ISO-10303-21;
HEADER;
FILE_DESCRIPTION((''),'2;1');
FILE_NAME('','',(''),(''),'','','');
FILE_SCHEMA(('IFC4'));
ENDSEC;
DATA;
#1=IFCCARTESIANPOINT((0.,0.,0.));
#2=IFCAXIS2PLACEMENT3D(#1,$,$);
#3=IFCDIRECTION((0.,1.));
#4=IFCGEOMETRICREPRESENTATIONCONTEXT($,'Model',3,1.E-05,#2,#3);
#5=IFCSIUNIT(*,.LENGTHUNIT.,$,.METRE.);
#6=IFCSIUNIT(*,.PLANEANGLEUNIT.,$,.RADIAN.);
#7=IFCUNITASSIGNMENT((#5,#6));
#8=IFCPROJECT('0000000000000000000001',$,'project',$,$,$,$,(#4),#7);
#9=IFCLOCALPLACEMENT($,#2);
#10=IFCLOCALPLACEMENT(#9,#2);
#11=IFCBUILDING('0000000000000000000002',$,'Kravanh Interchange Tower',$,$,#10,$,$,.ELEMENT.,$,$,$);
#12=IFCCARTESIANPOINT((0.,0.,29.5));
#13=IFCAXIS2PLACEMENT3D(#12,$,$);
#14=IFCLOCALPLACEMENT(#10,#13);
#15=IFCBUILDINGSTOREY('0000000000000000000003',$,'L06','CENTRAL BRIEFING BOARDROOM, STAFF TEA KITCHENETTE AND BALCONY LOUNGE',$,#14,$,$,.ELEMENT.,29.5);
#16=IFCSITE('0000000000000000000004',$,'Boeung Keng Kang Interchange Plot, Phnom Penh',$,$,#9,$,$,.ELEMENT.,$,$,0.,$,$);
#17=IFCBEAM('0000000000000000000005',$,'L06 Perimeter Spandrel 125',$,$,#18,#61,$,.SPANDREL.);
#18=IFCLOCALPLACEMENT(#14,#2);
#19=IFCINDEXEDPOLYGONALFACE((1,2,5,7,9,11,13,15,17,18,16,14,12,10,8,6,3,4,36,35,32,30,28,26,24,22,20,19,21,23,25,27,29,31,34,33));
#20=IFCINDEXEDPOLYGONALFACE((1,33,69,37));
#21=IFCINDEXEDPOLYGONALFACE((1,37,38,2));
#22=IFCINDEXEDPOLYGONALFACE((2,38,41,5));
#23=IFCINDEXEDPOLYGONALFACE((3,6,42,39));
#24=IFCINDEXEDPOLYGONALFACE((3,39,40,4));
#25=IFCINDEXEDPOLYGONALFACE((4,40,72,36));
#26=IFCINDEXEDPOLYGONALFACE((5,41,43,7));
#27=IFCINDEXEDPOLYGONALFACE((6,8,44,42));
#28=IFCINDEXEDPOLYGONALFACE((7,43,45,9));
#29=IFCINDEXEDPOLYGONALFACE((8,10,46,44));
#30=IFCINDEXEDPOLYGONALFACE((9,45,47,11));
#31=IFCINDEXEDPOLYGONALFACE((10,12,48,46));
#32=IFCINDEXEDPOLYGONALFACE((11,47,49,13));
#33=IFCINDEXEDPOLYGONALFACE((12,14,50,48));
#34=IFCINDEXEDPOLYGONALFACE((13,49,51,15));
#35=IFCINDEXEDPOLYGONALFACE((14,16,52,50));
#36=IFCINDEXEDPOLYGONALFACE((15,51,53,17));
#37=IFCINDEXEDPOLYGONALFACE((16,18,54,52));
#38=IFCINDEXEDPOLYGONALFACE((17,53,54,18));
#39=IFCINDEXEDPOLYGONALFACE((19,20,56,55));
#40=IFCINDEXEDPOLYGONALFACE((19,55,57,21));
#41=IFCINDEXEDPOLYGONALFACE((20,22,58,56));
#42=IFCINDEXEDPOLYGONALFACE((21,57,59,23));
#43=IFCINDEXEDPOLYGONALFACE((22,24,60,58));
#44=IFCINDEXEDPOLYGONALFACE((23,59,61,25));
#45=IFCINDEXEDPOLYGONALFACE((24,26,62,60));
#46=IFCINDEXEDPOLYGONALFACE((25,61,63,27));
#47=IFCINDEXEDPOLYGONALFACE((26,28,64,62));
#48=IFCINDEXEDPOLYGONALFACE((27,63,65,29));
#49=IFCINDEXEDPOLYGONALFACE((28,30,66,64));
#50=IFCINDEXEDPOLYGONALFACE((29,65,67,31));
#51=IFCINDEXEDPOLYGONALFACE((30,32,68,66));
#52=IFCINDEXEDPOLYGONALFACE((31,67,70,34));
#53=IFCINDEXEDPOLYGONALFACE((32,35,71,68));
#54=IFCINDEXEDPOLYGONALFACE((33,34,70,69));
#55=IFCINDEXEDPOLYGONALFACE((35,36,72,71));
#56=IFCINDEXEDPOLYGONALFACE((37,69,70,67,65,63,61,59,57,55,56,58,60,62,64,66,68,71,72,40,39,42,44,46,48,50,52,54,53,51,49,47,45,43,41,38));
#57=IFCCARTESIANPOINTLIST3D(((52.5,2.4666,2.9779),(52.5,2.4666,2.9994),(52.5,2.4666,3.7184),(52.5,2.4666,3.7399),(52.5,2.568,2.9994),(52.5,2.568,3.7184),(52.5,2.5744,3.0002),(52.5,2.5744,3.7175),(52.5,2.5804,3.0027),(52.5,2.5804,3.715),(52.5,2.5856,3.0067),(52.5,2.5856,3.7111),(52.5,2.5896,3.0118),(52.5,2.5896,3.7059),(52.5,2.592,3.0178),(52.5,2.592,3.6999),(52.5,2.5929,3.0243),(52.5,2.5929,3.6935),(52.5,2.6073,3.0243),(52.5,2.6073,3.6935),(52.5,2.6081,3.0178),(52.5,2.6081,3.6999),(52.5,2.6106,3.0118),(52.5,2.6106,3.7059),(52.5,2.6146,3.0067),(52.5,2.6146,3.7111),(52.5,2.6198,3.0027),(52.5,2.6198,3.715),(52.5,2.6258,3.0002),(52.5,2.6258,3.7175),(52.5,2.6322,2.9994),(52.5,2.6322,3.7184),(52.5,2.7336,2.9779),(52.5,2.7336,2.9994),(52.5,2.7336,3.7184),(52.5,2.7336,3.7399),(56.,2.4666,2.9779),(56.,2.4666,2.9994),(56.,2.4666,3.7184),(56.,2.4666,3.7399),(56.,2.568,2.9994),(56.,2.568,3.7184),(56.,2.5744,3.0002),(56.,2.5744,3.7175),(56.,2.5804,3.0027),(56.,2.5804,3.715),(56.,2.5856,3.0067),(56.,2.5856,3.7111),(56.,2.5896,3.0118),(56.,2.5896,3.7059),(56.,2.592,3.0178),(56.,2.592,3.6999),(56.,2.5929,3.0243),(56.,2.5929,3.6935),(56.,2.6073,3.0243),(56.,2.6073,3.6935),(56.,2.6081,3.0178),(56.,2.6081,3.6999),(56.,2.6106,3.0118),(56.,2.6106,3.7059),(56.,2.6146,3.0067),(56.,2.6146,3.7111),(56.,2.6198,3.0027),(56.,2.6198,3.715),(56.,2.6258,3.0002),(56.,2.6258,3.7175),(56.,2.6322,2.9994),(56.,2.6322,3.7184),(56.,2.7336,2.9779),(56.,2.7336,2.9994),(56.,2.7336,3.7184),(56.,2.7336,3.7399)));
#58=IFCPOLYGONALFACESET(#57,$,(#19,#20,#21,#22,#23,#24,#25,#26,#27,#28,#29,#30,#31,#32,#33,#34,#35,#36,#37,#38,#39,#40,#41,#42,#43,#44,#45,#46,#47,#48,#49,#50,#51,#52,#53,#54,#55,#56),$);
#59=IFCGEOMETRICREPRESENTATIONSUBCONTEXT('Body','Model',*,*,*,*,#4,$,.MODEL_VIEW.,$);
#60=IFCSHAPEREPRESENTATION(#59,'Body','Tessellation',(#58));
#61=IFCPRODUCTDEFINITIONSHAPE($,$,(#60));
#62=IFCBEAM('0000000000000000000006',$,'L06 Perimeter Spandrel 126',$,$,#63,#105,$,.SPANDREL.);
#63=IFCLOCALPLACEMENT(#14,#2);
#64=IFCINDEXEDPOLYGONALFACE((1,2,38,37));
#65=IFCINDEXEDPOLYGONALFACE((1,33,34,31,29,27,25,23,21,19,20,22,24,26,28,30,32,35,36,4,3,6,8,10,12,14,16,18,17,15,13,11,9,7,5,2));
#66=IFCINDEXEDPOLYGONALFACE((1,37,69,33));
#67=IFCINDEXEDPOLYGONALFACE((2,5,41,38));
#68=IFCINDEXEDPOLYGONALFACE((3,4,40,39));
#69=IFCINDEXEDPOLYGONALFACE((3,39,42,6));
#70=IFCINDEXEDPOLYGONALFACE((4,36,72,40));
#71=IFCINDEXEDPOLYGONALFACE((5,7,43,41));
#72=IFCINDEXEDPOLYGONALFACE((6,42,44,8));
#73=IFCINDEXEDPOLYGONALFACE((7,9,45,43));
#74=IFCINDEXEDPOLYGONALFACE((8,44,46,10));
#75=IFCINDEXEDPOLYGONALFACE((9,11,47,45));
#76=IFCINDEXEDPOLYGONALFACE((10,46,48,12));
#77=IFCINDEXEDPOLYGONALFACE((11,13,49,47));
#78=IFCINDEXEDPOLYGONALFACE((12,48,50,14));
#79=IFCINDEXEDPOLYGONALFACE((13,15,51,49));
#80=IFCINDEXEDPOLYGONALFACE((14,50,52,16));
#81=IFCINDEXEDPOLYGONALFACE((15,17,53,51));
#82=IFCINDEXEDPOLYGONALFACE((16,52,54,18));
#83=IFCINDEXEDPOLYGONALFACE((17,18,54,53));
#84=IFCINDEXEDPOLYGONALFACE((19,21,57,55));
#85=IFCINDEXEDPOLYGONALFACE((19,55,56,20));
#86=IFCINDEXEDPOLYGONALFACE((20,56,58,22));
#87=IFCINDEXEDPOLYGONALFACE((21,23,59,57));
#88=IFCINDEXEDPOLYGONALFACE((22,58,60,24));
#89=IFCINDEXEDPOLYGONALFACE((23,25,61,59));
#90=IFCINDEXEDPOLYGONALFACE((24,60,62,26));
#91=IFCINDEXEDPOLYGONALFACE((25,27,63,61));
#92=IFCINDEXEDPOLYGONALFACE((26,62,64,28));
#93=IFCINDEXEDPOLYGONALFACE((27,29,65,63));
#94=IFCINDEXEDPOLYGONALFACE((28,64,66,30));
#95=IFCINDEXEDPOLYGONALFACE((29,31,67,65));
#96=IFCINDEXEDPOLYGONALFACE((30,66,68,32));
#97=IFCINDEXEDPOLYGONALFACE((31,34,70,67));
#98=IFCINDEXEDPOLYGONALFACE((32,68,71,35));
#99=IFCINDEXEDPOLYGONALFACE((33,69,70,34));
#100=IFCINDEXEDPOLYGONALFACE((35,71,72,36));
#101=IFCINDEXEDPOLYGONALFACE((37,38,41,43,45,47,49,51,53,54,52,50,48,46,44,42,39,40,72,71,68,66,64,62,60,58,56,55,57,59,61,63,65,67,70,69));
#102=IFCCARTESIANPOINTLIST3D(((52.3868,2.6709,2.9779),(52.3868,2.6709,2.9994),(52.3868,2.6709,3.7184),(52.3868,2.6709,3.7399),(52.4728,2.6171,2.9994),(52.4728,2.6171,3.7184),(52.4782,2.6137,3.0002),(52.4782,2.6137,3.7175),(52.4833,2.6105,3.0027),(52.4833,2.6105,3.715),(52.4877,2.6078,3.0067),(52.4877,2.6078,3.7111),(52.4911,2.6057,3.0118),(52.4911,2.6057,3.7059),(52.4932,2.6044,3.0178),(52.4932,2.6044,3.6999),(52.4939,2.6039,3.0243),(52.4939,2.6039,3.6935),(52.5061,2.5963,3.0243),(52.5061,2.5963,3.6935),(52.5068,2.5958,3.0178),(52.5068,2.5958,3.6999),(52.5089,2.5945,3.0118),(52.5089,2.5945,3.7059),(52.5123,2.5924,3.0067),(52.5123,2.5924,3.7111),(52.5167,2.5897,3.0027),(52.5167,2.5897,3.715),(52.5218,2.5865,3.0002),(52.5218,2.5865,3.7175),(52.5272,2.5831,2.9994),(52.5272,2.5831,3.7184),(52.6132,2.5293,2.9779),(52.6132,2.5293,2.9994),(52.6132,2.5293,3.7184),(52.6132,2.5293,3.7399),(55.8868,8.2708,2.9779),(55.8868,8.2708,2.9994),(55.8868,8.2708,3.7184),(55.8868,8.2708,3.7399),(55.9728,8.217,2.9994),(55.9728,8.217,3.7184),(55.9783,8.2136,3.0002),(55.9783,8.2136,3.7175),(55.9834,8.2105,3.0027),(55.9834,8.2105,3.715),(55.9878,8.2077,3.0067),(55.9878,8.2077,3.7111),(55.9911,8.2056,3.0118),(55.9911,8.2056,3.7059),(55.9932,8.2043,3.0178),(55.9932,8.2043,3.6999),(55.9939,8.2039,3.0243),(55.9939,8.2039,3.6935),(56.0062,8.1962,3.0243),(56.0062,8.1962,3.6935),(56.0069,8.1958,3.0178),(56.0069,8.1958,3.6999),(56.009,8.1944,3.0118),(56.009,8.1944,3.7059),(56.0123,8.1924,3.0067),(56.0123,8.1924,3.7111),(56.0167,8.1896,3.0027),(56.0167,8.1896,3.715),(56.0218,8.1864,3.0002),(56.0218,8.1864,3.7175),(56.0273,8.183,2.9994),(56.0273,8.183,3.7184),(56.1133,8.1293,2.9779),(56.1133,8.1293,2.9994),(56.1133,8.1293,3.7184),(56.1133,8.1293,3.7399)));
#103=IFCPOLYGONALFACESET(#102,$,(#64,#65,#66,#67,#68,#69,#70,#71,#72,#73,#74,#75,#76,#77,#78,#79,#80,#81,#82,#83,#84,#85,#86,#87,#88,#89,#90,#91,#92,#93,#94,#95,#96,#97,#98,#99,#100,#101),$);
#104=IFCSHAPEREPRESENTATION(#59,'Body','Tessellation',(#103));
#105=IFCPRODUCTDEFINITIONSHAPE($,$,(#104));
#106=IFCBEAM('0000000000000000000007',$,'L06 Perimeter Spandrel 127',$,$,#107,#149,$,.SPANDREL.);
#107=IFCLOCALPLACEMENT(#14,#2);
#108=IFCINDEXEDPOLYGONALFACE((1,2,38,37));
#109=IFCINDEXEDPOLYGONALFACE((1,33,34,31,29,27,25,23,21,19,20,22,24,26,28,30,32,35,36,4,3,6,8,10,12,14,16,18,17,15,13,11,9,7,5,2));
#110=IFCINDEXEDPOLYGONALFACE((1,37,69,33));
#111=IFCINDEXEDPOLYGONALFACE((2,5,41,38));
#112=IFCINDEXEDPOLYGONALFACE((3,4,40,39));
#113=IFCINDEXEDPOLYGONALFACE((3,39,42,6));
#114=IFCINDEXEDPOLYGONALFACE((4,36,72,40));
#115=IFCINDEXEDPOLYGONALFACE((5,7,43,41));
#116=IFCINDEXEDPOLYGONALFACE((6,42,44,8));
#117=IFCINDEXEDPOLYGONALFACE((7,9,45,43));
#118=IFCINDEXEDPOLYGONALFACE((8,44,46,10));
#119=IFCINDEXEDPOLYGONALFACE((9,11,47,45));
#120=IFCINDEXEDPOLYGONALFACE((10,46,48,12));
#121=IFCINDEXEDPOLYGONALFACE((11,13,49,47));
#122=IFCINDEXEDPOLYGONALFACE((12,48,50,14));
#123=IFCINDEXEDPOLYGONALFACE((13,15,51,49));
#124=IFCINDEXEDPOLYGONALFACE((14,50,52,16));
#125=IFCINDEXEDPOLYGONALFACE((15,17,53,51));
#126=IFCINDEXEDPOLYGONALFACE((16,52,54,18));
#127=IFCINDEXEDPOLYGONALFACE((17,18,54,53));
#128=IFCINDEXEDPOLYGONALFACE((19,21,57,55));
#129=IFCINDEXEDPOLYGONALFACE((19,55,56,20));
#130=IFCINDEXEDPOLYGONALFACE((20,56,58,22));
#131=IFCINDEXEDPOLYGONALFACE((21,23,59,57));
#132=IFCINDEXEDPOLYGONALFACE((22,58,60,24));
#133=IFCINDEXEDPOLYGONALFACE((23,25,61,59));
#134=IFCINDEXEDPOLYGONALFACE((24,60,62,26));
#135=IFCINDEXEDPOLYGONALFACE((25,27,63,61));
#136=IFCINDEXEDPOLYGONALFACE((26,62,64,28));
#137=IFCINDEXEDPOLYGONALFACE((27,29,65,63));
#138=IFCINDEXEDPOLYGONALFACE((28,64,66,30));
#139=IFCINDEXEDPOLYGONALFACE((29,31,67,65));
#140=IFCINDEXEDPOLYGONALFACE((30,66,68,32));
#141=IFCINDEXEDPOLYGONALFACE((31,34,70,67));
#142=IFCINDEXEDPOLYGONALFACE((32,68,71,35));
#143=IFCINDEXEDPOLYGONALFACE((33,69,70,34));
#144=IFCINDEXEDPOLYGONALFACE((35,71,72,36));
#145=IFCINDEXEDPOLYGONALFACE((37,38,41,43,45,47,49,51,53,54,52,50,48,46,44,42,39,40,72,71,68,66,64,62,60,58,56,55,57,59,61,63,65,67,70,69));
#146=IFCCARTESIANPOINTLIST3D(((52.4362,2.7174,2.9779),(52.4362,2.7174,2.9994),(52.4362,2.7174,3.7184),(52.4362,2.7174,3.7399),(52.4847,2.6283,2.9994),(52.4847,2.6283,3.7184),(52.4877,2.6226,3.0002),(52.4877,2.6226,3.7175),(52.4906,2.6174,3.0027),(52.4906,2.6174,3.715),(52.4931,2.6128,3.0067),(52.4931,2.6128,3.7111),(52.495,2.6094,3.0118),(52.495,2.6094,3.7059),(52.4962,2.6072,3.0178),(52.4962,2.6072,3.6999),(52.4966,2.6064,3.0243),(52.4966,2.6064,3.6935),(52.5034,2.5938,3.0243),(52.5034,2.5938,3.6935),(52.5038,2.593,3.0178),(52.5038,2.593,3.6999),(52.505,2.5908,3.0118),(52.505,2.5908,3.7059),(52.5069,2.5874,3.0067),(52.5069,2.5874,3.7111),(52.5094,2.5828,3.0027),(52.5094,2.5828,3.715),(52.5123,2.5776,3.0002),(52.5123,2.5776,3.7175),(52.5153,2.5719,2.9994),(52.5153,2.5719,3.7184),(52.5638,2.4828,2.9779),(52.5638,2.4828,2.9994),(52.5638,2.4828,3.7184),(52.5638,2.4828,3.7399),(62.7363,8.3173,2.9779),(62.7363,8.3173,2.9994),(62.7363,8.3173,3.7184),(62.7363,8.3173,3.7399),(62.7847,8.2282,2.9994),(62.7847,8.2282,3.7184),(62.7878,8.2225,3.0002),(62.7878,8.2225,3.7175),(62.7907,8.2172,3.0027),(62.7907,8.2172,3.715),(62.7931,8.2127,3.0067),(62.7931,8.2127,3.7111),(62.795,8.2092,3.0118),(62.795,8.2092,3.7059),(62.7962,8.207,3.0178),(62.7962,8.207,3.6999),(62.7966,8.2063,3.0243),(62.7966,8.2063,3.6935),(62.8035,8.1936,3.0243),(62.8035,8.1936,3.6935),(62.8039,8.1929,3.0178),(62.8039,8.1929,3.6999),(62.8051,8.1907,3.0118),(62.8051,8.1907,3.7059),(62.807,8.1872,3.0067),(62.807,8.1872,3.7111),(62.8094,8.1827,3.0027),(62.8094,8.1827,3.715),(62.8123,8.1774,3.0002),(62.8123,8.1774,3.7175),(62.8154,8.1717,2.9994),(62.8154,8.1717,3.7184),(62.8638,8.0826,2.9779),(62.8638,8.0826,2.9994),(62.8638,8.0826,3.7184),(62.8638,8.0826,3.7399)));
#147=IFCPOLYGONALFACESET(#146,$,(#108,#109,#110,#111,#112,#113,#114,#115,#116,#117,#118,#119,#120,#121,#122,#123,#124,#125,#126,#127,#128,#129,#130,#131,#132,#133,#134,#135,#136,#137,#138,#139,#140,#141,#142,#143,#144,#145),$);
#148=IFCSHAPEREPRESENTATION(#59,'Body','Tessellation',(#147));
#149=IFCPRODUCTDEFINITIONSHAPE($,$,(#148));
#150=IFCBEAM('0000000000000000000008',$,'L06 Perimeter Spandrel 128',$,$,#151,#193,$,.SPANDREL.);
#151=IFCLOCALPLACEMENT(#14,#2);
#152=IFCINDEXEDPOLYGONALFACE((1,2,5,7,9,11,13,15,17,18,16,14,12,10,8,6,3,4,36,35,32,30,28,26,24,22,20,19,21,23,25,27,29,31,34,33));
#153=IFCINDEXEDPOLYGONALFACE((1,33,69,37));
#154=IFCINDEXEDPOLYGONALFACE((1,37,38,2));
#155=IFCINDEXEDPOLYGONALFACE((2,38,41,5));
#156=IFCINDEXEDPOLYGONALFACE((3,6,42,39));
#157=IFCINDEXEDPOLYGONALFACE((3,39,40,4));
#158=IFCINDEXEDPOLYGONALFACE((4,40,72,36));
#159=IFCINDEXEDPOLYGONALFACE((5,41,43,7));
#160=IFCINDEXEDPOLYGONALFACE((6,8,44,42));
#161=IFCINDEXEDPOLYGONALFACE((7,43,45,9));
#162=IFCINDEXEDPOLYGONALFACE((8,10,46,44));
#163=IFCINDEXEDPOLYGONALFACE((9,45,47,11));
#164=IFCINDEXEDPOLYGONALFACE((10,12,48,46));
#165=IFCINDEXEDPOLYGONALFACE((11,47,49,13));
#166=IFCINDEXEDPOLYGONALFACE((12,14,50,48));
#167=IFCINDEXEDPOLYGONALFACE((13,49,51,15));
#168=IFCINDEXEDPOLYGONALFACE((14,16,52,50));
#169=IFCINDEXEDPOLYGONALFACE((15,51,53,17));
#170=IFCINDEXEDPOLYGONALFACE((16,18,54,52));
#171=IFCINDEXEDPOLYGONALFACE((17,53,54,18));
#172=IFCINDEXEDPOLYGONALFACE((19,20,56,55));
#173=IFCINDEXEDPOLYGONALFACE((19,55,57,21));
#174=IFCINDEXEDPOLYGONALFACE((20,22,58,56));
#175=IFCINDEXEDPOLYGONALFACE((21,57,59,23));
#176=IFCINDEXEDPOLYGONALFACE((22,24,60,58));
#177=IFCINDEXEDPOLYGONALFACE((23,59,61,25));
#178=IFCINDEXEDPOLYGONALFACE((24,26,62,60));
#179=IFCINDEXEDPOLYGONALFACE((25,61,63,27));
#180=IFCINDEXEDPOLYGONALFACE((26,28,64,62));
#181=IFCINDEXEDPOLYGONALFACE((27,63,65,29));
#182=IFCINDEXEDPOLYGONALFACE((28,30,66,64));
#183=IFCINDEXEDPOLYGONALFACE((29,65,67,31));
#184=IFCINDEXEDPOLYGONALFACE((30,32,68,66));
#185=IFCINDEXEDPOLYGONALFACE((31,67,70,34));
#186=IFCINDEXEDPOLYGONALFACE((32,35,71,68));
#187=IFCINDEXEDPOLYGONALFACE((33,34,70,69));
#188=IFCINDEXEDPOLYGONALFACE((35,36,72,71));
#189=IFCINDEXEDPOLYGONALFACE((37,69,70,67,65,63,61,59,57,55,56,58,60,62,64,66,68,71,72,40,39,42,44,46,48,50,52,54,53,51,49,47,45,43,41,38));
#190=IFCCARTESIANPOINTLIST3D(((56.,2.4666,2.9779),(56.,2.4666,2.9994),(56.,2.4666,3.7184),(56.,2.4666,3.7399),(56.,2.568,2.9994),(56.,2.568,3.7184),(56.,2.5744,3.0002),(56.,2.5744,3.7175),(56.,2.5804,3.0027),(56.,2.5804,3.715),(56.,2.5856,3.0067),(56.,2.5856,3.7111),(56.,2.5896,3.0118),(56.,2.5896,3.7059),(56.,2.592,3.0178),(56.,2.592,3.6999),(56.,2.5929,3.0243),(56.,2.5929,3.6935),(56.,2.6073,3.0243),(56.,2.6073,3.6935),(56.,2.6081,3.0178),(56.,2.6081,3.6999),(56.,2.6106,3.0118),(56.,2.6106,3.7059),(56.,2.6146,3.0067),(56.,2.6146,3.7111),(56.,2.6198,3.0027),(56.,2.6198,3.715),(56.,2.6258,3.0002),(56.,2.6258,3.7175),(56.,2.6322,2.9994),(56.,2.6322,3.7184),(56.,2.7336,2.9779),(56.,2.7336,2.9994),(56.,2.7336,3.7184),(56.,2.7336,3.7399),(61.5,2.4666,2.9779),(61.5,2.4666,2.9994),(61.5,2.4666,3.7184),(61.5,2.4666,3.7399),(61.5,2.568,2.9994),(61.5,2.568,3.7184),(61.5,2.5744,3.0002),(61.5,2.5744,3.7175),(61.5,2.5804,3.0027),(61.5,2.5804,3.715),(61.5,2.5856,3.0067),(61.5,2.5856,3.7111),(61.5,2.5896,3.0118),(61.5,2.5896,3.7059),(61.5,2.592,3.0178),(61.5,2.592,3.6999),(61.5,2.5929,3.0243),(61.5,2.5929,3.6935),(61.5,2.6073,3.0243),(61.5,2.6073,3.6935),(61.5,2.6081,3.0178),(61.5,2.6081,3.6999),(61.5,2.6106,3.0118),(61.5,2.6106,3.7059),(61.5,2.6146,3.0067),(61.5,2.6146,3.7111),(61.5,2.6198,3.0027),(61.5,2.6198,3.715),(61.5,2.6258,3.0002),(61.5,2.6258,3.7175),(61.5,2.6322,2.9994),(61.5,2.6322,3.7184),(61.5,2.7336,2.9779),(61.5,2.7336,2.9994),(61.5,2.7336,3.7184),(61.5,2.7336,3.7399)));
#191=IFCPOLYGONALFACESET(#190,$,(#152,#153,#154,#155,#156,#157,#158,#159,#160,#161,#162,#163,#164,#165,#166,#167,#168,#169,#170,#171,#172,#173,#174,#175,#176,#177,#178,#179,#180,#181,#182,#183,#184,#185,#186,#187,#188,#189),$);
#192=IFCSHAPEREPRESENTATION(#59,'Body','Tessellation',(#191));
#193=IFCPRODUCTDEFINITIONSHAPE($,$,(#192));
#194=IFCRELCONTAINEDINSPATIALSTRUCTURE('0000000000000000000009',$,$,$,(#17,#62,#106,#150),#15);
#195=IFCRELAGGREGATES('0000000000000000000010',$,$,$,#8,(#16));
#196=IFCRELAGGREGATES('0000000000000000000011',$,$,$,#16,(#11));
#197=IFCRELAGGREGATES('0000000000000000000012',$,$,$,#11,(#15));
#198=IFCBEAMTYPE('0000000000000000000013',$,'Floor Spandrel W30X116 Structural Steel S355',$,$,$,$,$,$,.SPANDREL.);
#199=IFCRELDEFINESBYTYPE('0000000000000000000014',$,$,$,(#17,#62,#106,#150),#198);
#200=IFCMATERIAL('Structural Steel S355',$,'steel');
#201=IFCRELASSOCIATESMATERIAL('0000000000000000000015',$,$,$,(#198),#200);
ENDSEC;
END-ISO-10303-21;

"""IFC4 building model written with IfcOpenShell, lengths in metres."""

from ifc_helpers import new_model, si_unit, direction, frame, origin, origin_2d, place, context, subcontext, project, spatial, i_section, extrude, material, material_profile, profile_set, type_object, element, save


model = new_model("IFC4")

# Units and contexts
model_context = context("Model", 3, precision=1e-05, world=origin(), true_north=direction((0.0, 1.0)))
body_context = subcontext(model_context, "Body", "Model", "MODEL_VIEW")
ifc_project = project(units=[si_unit("LENGTHUNIT", "METRE"), si_unit("PLANEANGLEUNIT", "RADIAN")], contexts=[model_context])

# Site, building, storey
site_placement = place(None, origin())
site = spatial("IfcSite", under=ifc_project, at=site_placement, Name="Boeung Keng Kang Interchange Plot, Phnom Penh", CompositionType="ELEMENT", RefElevation=0.0)
building_placement = place(site_placement, origin())
building = spatial("IfcBuilding", under=site, at=building_placement, Name="Kravanh Interchange Tower", CompositionType="ELEMENT")
storey_placement = place(building_placement, frame((0.0, 0.0, 29.5)))
storey = spatial("IfcBuildingStorey", under=building, at=storey_placement, Name="L06", Description="CENTRAL BRIEFING BOARDROOM, STAFF TEA KITCHENETTE AND BALCONY LOUNGE", CompositionType="ELEMENT", Elevation=29.5)

# Beams
ifc_material_1 = material(Name="Structural Steel S355", Category="steel")
ifc_material_profile_1 = material_profile(ifc_material_1, i_section(OverallWidth=0.2671, OverallDepth=0.762, WebThickness=0.0144, FlangeThickness=0.0215, FilletRadius=0.0249, at=origin_2d()), Name="W30X116")
ifc_profile_set_1 = profile_set([ifc_material_profile_1], Name="Structural Steel S355")
beam_type_1 = type_object("IfcBeamType", Name="Floor Spandrel W30X116 Structural Steel S355", PredefinedType="SPANDREL", material=ifc_profile_set_1)
beam_1_placement = place(storey_placement, frame((52.5, 2.6001, 3.3589), z_axis=(1.0, 0.0, 0.0), x_axis=(0.0, 1.0, 0.0)))
element("IfcBeam", 1, at=beam_1_placement, inside=storey, type_object=beam_type_1, Name="L06 Perimeter Spandrel 125", PredefinedType="SPANDREL", context=body_context, shape_type="SweptSolid", body=[
    extrude(i_section(OverallWidth=0.2671, OverallDepth=0.762, WebThickness=0.0144, FlangeThickness=0.0215, FilletRadius=0.0249, at=origin_2d()), origin(), (0.0, 0.0, 1.0), 3.5),
])
beam_2_placement = place(storey_placement, frame((52.5, 2.6001, 3.3589), z_axis=(0.530009, 0.847992, 0.0), x_axis=(-0.847992, 0.530009, 0.0)))
element("IfcBeam", 2, at=beam_2_placement, inside=storey, type_object=beam_type_1, Name="L06 Perimeter Spandrel 126", PredefinedType="SPANDREL", context=body_context, shape_type="SweptSolid", body=[
    extrude(i_section(OverallWidth=0.2671, OverallDepth=0.762, WebThickness=0.0144, FlangeThickness=0.0215, FilletRadius=0.0249, at=origin_2d()), origin(), (0.0, 0.0, 1.0), 6.6038),
])
beam_3_placement = place(storey_placement, frame((52.5, 2.6001, 3.3589), z_axis=(0.878553, 0.477645, 0.0), x_axis=(-0.477645, 0.878553, 0.0)))
element("IfcBeam", 3, at=beam_3_placement, inside=storey, type_object=beam_type_1, Name="L06 Perimeter Spandrel 127", PredefinedType="SPANDREL", context=body_context, shape_type="SweptSolid", body=[
    extrude(i_section(OverallWidth=0.2671, OverallDepth=0.762, WebThickness=0.0144, FlangeThickness=0.0215, FilletRadius=0.0249, at=origin_2d()), origin(), (0.0, 0.0, 1.0), 11.7239),
])
beam_4_placement = place(storey_placement, frame((56.0, 2.6001, 3.3589), z_axis=(1.0, 0.0, 0.0), x_axis=(0.0, 1.0, 0.0)))
element("IfcBeam", 4, at=beam_4_placement, inside=storey, type_object=beam_type_1, Name="L06 Perimeter Spandrel 128", PredefinedType="SPANDREL", context=body_context, shape_type="SweptSolid", body=[
    extrude(i_section(OverallWidth=0.2671, OverallDepth=0.762, WebThickness=0.0144, FlangeThickness=0.0215, FilletRadius=0.0249, at=origin_2d()), origin(), (0.0, 0.0, 1.0), 5.5),
])

save(model, "model.ifc")
